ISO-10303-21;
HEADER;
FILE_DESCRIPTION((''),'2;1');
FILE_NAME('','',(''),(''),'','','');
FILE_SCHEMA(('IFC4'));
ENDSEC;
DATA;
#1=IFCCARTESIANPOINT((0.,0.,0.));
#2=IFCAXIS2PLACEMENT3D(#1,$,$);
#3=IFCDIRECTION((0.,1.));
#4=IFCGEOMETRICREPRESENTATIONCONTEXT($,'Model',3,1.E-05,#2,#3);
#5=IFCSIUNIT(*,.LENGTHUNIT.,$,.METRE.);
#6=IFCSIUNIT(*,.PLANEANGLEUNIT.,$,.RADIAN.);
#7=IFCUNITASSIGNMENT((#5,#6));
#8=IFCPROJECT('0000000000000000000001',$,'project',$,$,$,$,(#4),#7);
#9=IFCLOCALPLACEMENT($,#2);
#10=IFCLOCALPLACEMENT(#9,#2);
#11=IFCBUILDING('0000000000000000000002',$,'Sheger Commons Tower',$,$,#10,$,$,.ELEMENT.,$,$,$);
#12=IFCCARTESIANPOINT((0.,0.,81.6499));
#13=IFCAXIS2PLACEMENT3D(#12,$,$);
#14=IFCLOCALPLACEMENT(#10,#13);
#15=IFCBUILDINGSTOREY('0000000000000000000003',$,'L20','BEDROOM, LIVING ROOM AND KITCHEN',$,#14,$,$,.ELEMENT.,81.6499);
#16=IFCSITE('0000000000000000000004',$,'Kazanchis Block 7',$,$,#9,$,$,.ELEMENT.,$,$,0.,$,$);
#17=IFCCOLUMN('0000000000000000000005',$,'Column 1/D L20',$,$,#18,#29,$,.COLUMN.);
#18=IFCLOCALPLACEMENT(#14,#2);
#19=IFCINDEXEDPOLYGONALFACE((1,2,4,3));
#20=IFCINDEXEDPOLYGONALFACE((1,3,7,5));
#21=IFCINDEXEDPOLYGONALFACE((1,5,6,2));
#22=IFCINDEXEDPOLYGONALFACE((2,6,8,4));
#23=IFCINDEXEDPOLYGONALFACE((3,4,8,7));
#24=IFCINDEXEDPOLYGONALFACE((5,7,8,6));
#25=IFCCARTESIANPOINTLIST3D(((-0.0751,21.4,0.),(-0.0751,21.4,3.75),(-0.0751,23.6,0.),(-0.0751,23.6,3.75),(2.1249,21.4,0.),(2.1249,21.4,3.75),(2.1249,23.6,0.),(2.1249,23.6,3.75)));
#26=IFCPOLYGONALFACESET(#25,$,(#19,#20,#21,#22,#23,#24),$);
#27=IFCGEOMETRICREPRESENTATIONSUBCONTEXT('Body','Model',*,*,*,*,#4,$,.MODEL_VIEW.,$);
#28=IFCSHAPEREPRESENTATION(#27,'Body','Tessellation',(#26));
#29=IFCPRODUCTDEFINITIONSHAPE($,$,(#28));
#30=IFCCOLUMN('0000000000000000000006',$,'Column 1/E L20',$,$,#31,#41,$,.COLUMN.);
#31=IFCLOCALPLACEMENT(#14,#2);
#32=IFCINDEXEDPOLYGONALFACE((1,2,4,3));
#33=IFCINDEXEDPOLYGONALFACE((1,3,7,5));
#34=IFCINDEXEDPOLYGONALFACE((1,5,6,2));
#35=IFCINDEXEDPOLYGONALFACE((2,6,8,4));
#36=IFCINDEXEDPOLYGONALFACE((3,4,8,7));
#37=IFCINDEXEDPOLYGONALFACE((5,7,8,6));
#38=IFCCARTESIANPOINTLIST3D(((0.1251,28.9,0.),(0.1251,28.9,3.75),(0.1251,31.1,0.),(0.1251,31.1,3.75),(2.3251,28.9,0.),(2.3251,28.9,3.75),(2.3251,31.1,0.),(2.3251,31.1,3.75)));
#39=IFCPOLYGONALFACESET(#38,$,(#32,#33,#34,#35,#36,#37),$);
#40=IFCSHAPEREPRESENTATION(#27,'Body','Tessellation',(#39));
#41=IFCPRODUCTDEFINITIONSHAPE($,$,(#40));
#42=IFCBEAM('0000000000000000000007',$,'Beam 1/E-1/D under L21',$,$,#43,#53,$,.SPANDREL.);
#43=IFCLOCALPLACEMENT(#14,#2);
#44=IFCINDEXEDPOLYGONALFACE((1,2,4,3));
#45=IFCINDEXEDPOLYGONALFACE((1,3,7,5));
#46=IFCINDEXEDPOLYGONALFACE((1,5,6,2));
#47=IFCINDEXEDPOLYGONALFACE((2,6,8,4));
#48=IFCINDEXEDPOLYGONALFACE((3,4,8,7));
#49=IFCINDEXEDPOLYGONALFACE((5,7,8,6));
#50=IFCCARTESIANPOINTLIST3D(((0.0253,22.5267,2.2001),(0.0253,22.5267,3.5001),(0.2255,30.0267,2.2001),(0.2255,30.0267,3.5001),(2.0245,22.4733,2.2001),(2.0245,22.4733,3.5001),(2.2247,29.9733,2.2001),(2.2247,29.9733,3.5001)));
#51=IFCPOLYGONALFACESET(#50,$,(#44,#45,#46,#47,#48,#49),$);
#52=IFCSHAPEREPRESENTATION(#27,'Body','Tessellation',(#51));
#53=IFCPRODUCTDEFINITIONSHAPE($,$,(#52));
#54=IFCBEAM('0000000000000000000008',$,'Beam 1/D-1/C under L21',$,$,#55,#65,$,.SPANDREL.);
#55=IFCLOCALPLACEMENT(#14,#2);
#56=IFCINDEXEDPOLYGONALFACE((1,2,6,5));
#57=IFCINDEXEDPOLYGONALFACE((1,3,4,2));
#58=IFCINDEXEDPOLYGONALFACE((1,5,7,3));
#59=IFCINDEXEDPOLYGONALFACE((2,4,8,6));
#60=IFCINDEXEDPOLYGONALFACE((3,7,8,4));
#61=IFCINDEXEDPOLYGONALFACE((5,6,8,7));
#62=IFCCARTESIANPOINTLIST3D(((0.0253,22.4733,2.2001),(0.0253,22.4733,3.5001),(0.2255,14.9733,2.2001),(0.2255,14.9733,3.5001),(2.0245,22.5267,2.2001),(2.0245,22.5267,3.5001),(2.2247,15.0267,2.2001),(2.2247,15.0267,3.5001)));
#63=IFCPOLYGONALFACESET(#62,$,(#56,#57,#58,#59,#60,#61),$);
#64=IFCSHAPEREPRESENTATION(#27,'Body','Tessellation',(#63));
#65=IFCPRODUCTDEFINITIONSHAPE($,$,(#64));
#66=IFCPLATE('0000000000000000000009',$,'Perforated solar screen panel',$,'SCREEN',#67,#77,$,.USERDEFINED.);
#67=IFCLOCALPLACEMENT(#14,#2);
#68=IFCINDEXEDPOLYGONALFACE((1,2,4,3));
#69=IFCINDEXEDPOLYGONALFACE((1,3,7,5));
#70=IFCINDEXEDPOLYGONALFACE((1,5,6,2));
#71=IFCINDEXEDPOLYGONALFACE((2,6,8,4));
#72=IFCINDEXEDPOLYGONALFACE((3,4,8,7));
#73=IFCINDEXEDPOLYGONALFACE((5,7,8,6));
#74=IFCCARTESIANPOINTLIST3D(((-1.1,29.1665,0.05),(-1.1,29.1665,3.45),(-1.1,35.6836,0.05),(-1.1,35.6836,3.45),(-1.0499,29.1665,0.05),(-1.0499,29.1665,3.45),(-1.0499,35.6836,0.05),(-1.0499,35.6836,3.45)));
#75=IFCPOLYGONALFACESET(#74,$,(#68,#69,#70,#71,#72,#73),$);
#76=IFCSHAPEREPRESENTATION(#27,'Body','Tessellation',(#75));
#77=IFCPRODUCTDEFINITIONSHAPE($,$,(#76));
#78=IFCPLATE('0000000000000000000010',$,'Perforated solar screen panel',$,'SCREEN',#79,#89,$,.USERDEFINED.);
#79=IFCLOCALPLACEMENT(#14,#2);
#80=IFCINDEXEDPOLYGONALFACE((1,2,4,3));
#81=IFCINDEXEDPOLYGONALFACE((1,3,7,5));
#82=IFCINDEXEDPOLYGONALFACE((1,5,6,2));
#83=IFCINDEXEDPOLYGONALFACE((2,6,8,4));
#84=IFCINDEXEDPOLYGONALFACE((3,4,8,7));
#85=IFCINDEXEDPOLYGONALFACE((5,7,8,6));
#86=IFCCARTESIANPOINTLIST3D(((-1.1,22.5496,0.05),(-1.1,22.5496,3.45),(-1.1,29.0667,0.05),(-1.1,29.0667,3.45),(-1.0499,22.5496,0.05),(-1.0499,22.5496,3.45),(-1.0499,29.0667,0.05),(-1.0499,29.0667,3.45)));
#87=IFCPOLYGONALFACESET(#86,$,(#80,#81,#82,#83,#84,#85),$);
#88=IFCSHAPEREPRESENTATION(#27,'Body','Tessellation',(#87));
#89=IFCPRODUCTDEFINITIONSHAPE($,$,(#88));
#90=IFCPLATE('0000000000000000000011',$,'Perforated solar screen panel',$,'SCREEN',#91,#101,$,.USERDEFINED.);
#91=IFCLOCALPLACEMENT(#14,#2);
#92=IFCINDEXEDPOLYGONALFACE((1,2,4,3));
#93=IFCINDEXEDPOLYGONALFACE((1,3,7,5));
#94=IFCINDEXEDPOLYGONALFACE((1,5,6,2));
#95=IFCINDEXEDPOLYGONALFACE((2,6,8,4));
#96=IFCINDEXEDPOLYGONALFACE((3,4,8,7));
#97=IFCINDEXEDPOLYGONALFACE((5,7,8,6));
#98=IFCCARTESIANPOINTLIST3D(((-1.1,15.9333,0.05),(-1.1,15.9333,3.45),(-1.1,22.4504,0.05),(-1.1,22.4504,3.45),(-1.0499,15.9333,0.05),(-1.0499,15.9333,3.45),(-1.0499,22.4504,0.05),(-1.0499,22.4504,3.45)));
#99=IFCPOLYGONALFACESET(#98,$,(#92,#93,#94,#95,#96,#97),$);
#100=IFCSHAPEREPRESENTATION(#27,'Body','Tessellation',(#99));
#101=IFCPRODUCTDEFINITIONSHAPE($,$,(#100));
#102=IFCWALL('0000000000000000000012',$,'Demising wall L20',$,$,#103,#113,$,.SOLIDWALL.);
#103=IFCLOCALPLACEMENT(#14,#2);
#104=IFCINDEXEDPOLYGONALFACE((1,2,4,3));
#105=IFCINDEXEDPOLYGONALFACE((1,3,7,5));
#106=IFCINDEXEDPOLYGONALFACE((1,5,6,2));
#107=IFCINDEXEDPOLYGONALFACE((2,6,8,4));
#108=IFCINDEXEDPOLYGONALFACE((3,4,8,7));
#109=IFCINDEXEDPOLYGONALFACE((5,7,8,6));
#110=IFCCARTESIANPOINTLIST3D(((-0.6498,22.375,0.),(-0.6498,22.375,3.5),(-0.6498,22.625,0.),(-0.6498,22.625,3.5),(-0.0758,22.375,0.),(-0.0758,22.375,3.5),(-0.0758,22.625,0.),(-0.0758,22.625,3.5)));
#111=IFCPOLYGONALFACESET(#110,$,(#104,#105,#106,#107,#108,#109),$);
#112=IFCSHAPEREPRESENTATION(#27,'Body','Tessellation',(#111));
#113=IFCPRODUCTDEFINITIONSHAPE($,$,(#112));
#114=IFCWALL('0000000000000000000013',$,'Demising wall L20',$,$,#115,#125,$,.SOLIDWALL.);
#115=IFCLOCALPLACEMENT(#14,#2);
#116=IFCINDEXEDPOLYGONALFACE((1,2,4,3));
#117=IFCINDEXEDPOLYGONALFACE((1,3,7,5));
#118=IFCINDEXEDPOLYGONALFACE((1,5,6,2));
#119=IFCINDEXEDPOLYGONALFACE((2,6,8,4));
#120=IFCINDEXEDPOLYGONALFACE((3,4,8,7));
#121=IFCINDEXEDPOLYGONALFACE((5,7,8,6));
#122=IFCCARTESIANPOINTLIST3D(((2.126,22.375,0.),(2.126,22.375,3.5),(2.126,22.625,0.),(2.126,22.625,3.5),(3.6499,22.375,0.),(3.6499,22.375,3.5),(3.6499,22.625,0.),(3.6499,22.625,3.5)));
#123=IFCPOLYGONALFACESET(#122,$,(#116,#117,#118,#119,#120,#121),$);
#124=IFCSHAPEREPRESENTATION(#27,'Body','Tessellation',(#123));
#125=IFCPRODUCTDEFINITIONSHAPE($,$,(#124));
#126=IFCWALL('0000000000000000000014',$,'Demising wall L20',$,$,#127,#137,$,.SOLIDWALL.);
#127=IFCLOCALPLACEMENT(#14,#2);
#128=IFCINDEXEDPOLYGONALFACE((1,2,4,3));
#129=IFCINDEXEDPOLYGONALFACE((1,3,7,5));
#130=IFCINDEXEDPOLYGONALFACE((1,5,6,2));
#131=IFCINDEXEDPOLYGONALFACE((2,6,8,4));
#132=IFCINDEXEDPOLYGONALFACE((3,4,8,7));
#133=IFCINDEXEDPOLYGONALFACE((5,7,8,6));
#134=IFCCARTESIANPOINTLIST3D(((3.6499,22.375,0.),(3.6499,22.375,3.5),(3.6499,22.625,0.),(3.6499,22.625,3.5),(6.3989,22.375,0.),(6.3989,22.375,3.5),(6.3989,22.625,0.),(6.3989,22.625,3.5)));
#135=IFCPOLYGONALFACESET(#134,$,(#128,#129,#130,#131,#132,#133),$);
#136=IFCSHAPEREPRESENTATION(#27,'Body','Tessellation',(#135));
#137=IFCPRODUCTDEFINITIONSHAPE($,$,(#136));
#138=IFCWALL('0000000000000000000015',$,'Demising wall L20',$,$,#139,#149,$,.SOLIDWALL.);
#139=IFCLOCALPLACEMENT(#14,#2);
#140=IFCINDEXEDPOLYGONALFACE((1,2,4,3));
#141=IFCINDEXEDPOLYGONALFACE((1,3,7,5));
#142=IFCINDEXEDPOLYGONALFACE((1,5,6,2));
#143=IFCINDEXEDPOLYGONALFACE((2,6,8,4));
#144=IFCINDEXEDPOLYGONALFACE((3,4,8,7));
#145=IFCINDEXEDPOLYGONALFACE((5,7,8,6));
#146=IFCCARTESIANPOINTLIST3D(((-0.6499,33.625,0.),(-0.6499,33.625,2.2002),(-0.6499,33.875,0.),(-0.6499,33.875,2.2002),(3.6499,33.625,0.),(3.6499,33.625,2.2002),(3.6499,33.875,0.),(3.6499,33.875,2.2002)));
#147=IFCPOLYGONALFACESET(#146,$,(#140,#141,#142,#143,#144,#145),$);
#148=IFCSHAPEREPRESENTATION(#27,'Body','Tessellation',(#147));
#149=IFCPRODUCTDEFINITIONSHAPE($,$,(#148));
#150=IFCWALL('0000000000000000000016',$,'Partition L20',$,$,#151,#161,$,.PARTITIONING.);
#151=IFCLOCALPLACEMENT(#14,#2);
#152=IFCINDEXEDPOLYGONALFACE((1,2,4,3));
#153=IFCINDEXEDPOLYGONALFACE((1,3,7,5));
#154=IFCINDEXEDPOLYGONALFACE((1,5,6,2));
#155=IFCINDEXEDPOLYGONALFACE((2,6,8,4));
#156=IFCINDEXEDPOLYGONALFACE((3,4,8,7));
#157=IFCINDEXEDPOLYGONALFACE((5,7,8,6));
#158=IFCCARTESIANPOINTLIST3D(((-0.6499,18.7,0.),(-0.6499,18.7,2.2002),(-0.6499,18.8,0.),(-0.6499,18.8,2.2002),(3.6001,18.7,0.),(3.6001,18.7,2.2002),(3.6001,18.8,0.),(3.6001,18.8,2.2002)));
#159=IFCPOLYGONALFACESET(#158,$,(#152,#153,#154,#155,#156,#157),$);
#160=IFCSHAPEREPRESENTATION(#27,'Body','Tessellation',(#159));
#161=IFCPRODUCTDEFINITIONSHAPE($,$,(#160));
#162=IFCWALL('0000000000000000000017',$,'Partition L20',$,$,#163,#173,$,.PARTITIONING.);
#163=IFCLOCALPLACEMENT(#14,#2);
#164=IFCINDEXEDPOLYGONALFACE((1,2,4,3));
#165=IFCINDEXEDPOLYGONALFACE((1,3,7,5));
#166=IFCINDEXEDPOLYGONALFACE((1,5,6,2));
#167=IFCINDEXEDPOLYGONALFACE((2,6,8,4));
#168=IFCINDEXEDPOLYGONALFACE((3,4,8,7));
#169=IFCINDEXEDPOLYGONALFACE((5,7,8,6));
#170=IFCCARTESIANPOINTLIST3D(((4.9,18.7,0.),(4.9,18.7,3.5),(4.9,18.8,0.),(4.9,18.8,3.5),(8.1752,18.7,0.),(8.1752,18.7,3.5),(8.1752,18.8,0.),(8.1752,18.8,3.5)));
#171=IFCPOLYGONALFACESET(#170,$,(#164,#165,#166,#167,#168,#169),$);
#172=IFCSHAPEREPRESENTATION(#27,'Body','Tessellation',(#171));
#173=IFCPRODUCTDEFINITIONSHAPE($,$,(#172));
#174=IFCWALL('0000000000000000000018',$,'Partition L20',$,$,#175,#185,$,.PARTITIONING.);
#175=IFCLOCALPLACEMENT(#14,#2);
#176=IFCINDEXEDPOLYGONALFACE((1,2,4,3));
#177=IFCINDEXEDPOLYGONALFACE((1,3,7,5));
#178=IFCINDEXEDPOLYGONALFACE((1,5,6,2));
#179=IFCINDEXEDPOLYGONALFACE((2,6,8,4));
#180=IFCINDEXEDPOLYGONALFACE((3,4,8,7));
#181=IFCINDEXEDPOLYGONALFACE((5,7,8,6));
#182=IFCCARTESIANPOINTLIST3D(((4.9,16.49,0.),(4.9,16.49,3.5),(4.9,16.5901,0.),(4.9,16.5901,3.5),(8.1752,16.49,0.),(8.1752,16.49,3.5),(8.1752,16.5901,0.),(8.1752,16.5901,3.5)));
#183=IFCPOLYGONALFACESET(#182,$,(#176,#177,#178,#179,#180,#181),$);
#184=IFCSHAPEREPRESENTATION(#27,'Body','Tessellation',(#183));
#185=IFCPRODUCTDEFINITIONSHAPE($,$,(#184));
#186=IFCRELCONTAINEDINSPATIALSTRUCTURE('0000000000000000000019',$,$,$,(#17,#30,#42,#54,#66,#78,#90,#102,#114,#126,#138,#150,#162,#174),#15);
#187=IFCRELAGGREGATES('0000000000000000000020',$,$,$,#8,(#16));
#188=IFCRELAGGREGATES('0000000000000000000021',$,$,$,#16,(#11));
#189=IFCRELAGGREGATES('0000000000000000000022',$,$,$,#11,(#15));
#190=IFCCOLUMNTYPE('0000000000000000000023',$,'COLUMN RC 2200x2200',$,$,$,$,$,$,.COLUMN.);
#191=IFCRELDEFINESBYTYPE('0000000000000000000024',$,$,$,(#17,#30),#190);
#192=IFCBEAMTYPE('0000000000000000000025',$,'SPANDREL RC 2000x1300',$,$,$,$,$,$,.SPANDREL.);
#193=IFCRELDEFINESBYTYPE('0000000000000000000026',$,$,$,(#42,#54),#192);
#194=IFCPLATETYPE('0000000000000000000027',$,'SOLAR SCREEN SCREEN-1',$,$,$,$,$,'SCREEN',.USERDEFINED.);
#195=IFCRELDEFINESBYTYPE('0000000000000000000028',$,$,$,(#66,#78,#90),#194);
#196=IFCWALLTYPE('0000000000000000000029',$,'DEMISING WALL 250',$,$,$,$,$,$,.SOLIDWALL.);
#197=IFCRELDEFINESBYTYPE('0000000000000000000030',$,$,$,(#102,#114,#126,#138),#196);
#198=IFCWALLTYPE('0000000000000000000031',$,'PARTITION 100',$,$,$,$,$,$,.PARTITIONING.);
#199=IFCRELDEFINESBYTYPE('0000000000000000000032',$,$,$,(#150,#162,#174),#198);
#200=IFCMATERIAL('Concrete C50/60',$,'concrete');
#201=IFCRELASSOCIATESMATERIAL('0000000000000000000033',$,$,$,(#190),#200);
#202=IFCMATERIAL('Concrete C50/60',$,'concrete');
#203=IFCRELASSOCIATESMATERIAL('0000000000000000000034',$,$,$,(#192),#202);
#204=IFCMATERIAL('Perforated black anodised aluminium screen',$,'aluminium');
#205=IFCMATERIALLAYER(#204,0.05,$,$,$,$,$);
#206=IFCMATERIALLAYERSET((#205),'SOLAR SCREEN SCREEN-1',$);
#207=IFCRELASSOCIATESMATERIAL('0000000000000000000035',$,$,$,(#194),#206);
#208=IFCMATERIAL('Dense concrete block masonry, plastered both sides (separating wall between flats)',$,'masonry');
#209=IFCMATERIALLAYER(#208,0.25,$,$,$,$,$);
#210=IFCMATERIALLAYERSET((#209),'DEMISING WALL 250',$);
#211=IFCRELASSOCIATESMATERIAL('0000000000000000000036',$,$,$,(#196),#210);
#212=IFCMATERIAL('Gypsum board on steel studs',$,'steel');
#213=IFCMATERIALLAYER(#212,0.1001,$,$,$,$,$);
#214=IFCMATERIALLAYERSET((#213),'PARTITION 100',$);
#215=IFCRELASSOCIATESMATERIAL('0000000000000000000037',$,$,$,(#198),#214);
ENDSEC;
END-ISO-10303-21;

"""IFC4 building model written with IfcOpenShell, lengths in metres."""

from ifc_helpers import new_model, si_unit, direction, frame, frame_2d, origin, origin_2d, place, context, subcontext, project, spatial, rectangle, extrude, material, layer, layer_set, material_profile, profile_set, type_object, element, save


model = new_model("IFC4")

# Units and contexts
model_context = context("Model", 3, precision=1e-05, world=origin(), true_north=direction((0.0, 1.0)))
body_context = subcontext(model_context, "Body", "Model", "MODEL_VIEW")
ifc_project = project(units=[si_unit("LENGTHUNIT", "METRE"), si_unit("PLANEANGLEUNIT", "RADIAN")], contexts=[model_context])

# Site, building, storey
site_placement = place(None, origin())
site = spatial("IfcSite", under=ifc_project, at=site_placement, Name="Kazanchis Block 7", CompositionType="ELEMENT", RefElevation=0.0)
building_placement = place(site_placement, origin())
building = spatial("IfcBuilding", under=site, at=building_placement, Name="Sheger Commons Tower", CompositionType="ELEMENT")
storey_placement = place(building_placement, frame((0.0, 0.0, 81.6499)))
storey = spatial("IfcBuildingStorey", under=building, at=storey_placement, Name="L20", Description="BEDROOM, LIVING ROOM AND KITCHEN", CompositionType="ELEMENT", Elevation=81.6499)

# Columns
ifc_material_1 = material(Name="Concrete C50/60", Category="concrete")
ifc_material_profile_1 = material_profile(ifc_material_1, rectangle(XDim=2.2, YDim=2.2, at=origin_2d()), Name="RC 2200x2200")
ifc_profile_set_1 = profile_set([ifc_material_profile_1], Name="Concrete C50/60")
column_type = type_object("IfcColumnType", Name="COLUMN RC 2200x2200", PredefinedType="COLUMN", material=ifc_profile_set_1)
for number, where, z_axis, x_axis, name in (
    (1, (1.0249, 22.5, 0.0), (0.0, 0.0, 1.0), (1.0, 0.0, 0.0), "Column 1/D L20"),
    (2, (1.2251, 30.0, 0.0), (0.0, 0.0, 1.0), (1.0, 0.0, 0.0), "Column 1/E L20"),
):
    element("IfcColumn", number, at=place(storey_placement, frame(where, z_axis=z_axis, x_axis=x_axis)), inside=storey, type_object=column_type, Name=name, PredefinedType="COLUMN", context=body_context, shape_type="SweptSolid", body=[
        extrude(rectangle(XDim=2.2, YDim=2.2, at=origin_2d()), origin(), (0.0, 0.0, 1.0), 3.75),
    ])

# Beams
ifc_material_2 = material(Name="Concrete C50/60", Category="concrete")
ifc_material_profile_2 = material_profile(ifc_material_2, rectangle(XDim=2.0, YDim=1.3, at=origin_2d()), Name="RC 2000x1300")
ifc_profile_set_2 = profile_set([ifc_material_profile_2], Name="Concrete C50/60")
beam_type = type_object("IfcBeamType", Name="SPANDREL RC 2000x1300", PredefinedType="SPANDREL", material=ifc_profile_set_2)
for number, where, z_axis, x_axis, name in (
    (3, (1.2251, 30.0, 2.8501), (-0.026683, -0.999644, 0.0), (0.999644, -0.026683, 0.0), "Beam 1/E-1/D under L21"),
    (4, (1.0249, 22.5, 2.8501), (0.026683, -0.999644, 0.0), (0.999644, 0.026683, 0.0), "Beam 1/D-1/C under L21"),
):
    element("IfcBeam", number, at=place(storey_placement, frame(where, z_axis=z_axis, x_axis=x_axis)), inside=storey, type_object=beam_type, Name=name, PredefinedType="SPANDREL", context=body_context, shape_type="SweptSolid", body=[
        extrude(rectangle(XDim=2.0, YDim=1.3, at=origin_2d()), origin(), (0.0, 0.0, 1.0), 7.5027),
    ])

# Plates
ifc_material_3 = material(Name="Perforated black anodised aluminium screen", Category="aluminium")
ifc_layer_1 = layer(ifc_material_3, 0.05)
ifc_layer_set_1 = layer_set([ifc_layer_1], Name="SOLAR SCREEN SCREEN-1")
plate_type = type_object("IfcPlateType", Name="SOLAR SCREEN SCREEN-1", ElementType="SCREEN", PredefinedType="USERDEFINED", material=ifc_layer_set_1)
for number, where, z_axis, x_axis, name in (
    (5, (-1.075, 32.425, 0.05), (0.0, 0.0, 1.0), (0.0, -1.0, 0.0), "Perforated solar screen panel"),
    (6, (-1.075, 25.8081, 0.05), (0.0, 0.0, 1.0), (0.0, -1.0, 0.0), "Perforated solar screen panel"),
    (7, (-1.075, 19.1919, 0.05), (0.0, 0.0, 1.0), (0.0, -1.0, 0.0), "Perforated solar screen panel"),
):
    element("IfcPlate", number, at=place(storey_placement, frame(where, z_axis=z_axis, x_axis=x_axis)), inside=storey, type_object=plate_type, Name=name, ObjectType="SCREEN", PredefinedType="USERDEFINED", context=body_context, shape_type="SweptSolid", body=[
        extrude(rectangle(XDim=6.5171, YDim=0.05, at=origin_2d()), origin(), (0.0, 0.0, 1.0), 3.3999),
    ])

# Walls
ifc_material_4 = material(Name="Dense concrete block masonry, plastered both sides (separating wall between flats)", Category="masonry")
ifc_layer_2 = layer(ifc_material_4, 0.25)
ifc_layer_set_2 = layer_set([ifc_layer_2], Name="DEMISING WALL 250")
wall_type_1 = type_object("IfcWallType", Name="DEMISING WALL 250", PredefinedType="SOLIDWALL", material=ifc_layer_set_2)
wall_1_placement = place(storey_placement, frame((-0.6499, 22.5, 0.0), z_axis=(0.0, 0.0, 1.0), x_axis=(1.0, 0.0, 0.0)))
element("IfcWall", 8, at=wall_1_placement, inside=storey, type_object=wall_type_1, Name="Demising wall L20", PredefinedType="SOLIDWALL", context=body_context, shape_type="SweptSolid", body=[
    extrude(rectangle(XDim=0.574, YDim=0.25, at=frame_2d((0.2871, 0.0))), origin(), (0.0, 0.0, 1.0), 3.5),
])
wall_2_placement = place(storey_placement, frame((2.126, 22.5, 0.0), z_axis=(0.0, 0.0, 1.0), x_axis=(1.0, 0.0, 0.0)))
element("IfcWall", 9, at=wall_2_placement, inside=storey, type_object=wall_type_1, Name="Demising wall L20", PredefinedType="SOLIDWALL", context=body_context, shape_type="SweptSolid", body=[
    extrude(rectangle(XDim=1.5239, YDim=0.25, at=frame_2d((0.762, 0.0))), origin(), (0.0, 0.0, 1.0), 3.5),
])
wall_3_placement = place(storey_placement, frame((3.6499, 22.5, 0.0), z_axis=(0.0, 0.0, 1.0), x_axis=(1.0, 0.0, 0.0)))
element("IfcWall", 10, at=wall_3_placement, inside=storey, type_object=wall_type_1, Name="Demising wall L20", PredefinedType="SOLIDWALL", context=body_context, shape_type="SweptSolid", body=[
    extrude(rectangle(XDim=2.749, YDim=0.25, at=frame_2d((1.3745, 0.0))), origin(), (0.0, 0.0, 1.0), 3.5),
])
wall_4_placement = place(storey_placement, frame((-0.6499, 33.75, 0.0), z_axis=(0.0, 0.0, 1.0), x_axis=(1.0, 0.0, 0.0)))
element("IfcWall", 11, at=wall_4_placement, inside=storey, type_object=wall_type_1, Name="Demising wall L20", PredefinedType="SOLIDWALL", context=body_context, shape_type="SweptSolid", body=[
    extrude(rectangle(XDim=4.2998, YDim=0.25, at=frame_2d((2.1499, 0.0))), origin(), (0.0, 0.0, 1.0), 2.2002),
])
ifc_material_5 = material(Name="Gypsum board on steel studs", Category="steel")
ifc_layer_3 = layer(ifc_material_5, 0.1001)
ifc_layer_set_3 = layer_set([ifc_layer_3], Name="PARTITION 100")
wall_type_2 = type_object("IfcWallType", Name="PARTITION 100", PredefinedType="PARTITIONING", material=ifc_layer_set_3)
wall_5_placement = place(storey_placement, frame((-0.6499, 18.75, 0.0), z_axis=(0.0, 0.0, 1.0), x_axis=(1.0, 0.0, 0.0)))
element("IfcWall", 12, at=wall_5_placement, inside=storey, type_object=wall_type_2, Name="Partition L20", PredefinedType="PARTITIONING", context=body_context, shape_type="SweptSolid", body=[
    extrude(rectangle(XDim=4.25, YDim=0.1001, at=frame_2d((2.125, 0.0))), origin(), (0.0, 0.0, 1.0), 2.2002),
])
for number, where, z_axis, x_axis, name in (
    (13, (4.8999, 18.75, 0.0), (0.0, 0.0, 1.0), (1.0, 0.0, 0.0), "Partition L20"),
    (14, (4.8999, 16.54, 0.0), (0.0, 0.0, 1.0), (1.0, 0.0, 0.0), "Partition L20"),
):
    element("IfcWall", number, at=place(storey_placement, frame(where, z_axis=z_axis, x_axis=x_axis)), inside=storey, type_object=wall_type_2, Name=name, PredefinedType="PARTITIONING", context=body_context, shape_type="SweptSolid", body=[
        extrude(rectangle(XDim=3.2751, YDim=0.1001, at=frame_2d((1.6377, 0.0))), origin(), (0.0, 0.0, 1.0), 3.5),
    ])

save(model, "model.ifc")
